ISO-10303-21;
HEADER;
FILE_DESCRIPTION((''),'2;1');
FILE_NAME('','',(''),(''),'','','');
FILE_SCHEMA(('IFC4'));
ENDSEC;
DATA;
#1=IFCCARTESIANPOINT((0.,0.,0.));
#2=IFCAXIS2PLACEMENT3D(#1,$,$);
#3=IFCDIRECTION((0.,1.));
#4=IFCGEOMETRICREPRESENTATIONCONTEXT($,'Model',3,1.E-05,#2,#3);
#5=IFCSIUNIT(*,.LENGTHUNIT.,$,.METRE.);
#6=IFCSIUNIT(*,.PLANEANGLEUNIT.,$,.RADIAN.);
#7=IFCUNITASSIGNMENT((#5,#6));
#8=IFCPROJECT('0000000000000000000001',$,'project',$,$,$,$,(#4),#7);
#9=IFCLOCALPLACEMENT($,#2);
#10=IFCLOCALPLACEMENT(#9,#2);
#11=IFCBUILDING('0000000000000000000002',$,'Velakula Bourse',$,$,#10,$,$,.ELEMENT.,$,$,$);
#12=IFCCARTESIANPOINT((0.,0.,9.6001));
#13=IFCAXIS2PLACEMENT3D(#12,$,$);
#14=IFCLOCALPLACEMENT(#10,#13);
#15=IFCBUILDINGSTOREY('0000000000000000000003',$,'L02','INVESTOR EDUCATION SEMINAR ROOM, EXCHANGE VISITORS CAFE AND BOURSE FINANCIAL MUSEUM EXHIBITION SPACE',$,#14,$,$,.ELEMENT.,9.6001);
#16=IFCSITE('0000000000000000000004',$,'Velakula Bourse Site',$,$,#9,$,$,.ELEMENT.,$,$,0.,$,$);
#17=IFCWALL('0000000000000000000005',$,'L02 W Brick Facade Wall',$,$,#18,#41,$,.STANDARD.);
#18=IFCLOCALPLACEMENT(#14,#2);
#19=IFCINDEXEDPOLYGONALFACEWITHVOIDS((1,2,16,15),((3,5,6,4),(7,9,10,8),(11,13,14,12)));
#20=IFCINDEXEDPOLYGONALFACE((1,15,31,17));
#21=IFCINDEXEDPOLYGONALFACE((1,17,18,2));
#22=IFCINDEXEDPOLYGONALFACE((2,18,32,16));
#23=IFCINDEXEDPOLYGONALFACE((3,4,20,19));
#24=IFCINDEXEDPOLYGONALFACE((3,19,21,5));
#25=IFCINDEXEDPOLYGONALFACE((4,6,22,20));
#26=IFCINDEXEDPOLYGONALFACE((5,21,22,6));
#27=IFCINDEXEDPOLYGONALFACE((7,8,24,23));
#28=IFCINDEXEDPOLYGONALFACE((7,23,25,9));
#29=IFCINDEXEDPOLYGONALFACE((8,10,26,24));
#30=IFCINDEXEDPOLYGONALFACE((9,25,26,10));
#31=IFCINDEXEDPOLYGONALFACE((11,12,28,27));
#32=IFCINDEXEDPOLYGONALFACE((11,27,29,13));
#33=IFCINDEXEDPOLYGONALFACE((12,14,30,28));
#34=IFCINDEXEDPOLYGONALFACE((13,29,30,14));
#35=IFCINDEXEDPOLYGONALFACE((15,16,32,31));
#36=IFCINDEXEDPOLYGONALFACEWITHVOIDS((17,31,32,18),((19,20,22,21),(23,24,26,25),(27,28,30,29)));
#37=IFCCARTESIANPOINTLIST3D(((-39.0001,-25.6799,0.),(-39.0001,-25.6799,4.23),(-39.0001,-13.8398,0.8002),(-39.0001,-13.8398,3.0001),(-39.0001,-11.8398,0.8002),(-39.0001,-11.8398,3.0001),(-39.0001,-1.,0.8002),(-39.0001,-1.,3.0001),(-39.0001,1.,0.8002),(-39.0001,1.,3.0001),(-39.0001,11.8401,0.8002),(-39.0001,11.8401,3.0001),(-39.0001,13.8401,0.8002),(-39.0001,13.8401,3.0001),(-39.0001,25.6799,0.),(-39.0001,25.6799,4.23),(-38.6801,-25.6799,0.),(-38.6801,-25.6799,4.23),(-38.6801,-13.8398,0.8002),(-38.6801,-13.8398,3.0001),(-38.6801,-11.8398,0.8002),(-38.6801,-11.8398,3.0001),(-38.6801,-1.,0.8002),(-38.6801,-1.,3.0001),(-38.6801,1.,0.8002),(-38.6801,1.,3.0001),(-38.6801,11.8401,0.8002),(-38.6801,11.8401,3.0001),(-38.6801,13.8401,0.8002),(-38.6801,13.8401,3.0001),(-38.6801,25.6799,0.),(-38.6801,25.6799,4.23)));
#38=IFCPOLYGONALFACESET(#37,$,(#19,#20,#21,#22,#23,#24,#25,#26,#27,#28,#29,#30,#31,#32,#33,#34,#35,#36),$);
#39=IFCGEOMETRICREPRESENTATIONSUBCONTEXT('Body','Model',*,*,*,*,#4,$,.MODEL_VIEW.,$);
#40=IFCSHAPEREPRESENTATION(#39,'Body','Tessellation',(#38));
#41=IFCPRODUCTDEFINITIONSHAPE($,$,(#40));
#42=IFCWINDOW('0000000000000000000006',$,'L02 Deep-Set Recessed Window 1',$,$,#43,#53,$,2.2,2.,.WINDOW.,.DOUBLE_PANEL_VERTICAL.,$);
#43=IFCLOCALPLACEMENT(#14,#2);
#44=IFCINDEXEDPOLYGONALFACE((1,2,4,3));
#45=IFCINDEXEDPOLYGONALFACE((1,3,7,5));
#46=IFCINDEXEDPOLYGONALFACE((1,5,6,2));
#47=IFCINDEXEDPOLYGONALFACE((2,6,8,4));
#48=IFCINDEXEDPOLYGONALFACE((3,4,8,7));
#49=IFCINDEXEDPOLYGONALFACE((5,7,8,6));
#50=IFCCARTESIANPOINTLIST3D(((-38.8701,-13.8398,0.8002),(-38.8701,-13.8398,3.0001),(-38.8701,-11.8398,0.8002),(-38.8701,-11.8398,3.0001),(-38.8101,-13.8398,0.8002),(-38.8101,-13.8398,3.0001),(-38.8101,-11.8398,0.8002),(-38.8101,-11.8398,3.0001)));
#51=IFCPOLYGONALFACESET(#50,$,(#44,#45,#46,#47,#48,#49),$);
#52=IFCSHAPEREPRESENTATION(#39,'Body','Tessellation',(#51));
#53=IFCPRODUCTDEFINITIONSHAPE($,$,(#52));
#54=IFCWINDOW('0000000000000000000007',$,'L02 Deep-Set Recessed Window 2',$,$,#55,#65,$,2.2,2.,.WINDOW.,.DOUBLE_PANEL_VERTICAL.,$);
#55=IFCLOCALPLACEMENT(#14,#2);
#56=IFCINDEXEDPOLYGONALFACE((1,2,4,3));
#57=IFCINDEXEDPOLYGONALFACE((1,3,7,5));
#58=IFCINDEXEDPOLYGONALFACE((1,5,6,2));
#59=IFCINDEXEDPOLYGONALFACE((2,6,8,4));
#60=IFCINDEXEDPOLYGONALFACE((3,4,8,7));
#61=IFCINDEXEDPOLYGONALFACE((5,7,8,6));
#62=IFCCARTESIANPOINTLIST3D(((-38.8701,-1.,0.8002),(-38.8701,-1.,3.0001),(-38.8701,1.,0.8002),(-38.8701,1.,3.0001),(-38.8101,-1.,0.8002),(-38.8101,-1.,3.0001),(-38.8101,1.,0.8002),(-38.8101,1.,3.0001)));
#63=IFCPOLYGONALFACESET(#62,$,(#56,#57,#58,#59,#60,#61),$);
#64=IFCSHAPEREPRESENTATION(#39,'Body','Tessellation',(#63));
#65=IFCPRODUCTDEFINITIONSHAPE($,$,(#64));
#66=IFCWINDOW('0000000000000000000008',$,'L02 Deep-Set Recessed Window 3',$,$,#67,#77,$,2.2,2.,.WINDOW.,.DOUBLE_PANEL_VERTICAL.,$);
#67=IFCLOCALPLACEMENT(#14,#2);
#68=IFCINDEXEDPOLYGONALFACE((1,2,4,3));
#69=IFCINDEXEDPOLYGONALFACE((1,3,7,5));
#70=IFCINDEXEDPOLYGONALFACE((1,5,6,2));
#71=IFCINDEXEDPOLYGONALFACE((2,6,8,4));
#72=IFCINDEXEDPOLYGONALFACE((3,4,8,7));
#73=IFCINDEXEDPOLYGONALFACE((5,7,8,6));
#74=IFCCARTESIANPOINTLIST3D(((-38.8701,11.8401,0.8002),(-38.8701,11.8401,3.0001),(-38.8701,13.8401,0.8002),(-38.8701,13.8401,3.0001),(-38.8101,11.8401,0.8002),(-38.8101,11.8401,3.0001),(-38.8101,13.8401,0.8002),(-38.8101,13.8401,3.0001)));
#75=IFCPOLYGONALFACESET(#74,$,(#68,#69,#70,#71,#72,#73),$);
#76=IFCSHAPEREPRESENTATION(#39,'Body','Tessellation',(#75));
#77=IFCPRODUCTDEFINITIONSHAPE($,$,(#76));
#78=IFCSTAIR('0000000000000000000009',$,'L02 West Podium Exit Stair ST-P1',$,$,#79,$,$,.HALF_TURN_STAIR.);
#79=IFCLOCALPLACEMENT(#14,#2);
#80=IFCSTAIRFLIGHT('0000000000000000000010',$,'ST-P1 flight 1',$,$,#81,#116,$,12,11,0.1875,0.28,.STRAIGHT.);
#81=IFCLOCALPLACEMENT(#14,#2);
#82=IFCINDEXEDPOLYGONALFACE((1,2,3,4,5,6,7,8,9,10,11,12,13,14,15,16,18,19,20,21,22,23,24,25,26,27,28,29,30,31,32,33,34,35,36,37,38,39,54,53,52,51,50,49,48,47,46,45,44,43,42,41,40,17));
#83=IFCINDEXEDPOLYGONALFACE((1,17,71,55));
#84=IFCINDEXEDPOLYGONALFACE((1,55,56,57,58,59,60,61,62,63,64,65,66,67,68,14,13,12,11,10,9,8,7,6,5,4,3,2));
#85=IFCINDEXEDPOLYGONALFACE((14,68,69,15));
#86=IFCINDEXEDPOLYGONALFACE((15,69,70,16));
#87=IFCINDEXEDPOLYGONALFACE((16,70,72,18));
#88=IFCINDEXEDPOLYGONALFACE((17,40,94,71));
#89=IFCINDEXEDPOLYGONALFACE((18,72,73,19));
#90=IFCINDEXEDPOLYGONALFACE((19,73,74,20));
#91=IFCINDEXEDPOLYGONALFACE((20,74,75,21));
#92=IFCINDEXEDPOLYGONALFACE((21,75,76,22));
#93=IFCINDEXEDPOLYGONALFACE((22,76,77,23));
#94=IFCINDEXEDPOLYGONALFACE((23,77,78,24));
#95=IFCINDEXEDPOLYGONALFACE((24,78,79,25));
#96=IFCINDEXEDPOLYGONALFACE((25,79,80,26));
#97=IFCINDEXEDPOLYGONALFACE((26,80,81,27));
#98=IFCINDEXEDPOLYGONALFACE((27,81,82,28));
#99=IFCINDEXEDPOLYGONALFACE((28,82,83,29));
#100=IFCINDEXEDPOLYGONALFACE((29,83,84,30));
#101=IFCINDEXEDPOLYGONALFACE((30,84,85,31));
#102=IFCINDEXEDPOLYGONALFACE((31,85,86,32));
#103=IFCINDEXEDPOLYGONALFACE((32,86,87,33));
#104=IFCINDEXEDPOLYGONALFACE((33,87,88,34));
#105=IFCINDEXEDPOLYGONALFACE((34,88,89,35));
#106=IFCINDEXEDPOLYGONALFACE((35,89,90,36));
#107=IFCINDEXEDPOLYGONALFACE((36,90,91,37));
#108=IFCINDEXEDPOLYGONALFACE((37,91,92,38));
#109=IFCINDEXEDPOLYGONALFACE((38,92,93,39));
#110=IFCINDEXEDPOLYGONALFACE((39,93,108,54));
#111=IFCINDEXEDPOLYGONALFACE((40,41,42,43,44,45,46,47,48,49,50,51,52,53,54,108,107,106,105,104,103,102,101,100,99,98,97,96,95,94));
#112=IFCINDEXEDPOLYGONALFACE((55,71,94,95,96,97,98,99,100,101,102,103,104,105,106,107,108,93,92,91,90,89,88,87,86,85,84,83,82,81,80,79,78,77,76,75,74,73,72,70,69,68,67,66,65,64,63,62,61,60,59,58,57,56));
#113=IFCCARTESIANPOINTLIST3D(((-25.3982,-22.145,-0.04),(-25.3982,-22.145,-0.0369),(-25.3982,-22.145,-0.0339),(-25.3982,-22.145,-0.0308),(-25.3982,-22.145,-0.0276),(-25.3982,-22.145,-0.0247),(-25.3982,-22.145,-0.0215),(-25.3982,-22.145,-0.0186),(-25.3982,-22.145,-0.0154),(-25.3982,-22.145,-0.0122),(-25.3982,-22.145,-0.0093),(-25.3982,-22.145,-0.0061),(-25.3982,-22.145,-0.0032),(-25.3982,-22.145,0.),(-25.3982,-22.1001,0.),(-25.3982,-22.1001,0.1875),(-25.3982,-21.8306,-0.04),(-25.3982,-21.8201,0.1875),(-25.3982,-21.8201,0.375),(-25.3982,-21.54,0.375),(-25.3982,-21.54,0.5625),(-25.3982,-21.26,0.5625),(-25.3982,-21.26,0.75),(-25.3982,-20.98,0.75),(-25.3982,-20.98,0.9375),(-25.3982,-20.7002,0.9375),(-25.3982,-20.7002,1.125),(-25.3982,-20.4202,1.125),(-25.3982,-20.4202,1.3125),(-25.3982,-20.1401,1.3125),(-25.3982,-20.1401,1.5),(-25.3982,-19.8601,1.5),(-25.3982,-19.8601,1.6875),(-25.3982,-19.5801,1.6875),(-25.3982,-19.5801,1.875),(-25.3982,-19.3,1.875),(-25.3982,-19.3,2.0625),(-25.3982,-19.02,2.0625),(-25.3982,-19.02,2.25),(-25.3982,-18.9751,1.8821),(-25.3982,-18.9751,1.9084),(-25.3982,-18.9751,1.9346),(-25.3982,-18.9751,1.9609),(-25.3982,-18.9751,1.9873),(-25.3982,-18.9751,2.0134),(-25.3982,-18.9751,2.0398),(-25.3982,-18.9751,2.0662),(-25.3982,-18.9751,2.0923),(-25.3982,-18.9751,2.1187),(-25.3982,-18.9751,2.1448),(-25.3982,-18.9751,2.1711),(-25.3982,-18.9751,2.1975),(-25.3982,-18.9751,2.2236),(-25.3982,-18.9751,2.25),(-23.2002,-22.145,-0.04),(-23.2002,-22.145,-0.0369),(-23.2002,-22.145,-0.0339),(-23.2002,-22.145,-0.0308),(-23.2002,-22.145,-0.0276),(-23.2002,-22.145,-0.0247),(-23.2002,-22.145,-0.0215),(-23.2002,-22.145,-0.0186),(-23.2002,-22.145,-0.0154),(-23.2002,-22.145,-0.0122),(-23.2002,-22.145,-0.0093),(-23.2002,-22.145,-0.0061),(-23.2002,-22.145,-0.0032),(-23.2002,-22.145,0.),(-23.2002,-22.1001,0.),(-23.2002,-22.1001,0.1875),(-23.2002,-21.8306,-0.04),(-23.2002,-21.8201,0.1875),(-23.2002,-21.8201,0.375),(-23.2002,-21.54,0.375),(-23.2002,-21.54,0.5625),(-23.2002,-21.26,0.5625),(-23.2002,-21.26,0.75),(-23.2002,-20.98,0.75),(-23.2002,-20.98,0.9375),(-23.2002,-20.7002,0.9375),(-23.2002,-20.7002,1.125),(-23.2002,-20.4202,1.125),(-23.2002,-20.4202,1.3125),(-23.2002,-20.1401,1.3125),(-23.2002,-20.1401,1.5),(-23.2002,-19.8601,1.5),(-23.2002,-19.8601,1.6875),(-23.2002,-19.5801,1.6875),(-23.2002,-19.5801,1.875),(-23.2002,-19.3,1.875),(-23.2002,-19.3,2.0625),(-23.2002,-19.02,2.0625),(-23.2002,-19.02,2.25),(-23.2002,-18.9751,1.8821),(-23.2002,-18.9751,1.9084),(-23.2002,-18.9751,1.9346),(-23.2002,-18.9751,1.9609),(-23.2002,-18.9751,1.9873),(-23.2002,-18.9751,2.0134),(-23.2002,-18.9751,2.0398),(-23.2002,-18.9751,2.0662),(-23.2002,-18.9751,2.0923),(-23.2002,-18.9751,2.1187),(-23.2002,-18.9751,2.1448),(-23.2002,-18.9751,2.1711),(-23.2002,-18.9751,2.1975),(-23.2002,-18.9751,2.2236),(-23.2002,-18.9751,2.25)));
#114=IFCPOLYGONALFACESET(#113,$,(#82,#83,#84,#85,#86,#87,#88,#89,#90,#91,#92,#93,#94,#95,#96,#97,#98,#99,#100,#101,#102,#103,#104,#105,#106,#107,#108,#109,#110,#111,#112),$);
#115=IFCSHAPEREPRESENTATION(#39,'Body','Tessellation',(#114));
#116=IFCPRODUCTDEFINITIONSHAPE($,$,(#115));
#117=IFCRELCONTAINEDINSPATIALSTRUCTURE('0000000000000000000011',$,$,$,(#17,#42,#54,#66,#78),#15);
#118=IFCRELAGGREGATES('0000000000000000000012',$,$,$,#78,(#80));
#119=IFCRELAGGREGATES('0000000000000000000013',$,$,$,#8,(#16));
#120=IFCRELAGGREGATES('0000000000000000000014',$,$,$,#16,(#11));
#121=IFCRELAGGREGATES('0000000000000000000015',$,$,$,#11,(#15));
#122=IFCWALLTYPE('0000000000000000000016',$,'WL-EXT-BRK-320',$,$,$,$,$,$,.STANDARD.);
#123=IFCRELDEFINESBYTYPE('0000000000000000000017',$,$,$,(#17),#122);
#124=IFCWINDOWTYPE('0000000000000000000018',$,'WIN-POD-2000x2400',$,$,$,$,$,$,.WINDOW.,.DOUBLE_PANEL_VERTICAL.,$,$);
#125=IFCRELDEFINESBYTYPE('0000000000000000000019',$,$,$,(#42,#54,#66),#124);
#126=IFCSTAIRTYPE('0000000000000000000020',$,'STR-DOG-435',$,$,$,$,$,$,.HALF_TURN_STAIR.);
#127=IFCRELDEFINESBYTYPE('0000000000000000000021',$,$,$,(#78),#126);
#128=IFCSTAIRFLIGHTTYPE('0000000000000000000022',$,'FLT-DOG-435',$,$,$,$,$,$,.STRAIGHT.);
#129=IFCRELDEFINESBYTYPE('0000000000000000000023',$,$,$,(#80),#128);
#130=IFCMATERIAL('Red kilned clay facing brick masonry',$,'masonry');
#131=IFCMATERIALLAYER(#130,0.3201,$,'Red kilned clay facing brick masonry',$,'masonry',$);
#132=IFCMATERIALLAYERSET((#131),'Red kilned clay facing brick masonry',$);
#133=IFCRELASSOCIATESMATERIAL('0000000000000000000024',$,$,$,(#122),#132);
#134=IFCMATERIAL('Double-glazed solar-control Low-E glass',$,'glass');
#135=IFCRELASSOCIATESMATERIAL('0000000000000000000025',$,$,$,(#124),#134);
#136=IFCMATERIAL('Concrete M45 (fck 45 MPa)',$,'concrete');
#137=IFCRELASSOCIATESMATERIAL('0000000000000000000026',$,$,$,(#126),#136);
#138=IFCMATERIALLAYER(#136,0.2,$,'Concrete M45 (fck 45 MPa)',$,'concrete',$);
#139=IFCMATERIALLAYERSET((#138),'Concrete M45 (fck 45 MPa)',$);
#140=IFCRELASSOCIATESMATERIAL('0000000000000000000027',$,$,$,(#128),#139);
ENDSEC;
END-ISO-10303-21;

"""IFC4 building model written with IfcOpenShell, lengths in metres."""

from ifc_helpers import new_model, si_unit, direction, frame, frame_2d, origin, place, context, subcontext, project, spatial, polyline, rectangle, outline, extrude, material, layer, layer_set, type_object, element, fill, aggregate, save


model = new_model("IFC4")

# Units and contexts
model_context = context("Model", 3, precision=1e-05, world=origin(), true_north=direction((0.0, 1.0)))
body_context = subcontext(model_context, "Body", "Model", "MODEL_VIEW")
ifc_project = project(units=[si_unit("LENGTHUNIT", "METRE"), si_unit("PLANEANGLEUNIT", "RADIAN")], contexts=[model_context])

# Site, building, storey
site_placement = place(None, origin())
site = spatial("IfcSite", under=ifc_project, at=site_placement, Name="Velakula Bourse Site", CompositionType="ELEMENT", RefElevation=0.0)
building_placement = place(site_placement, origin())
building = spatial("IfcBuilding", under=site, at=building_placement, Name="Velakula Bourse", CompositionType="ELEMENT")
storey_placement = place(building_placement, frame((0.0, 0.0, 9.6001)))
storey = spatial("IfcBuildingStorey", under=building, at=storey_placement, Name="L02", Description="INVESTOR EDUCATION SEMINAR ROOM, EXCHANGE VISITORS CAFE AND BOURSE FINANCIAL MUSEUM EXHIBITION SPACE", CompositionType="ELEMENT", Elevation=9.6001)

# Wall, openings, windows
ifc_material_1 = material(Name="Red kilned clay facing brick masonry", Category="masonry")
ifc_layer_1 = layer(ifc_material_1, 0.3201, Name="Red kilned clay facing brick masonry", Category="masonry")
ifc_layer_set_1 = layer_set([ifc_layer_1], Name="Red kilned clay facing brick masonry")
wall_type_1 = type_object("IfcWallType", Name="WL-EXT-BRK-320", PredefinedType="STANDARD", material=ifc_layer_set_1)
wall_1_placement = place(storey_placement, frame((-38.8401, -25.6799, 0.0), z_axis=(0.0, 0.0, 1.0), x_axis=(0.0, 1.0, 0.0)))
wall_1 = element("IfcWall", 1, at=wall_1_placement, inside=storey, type_object=wall_type_1, Name="L02 W Brick Facade Wall", PredefinedType="STANDARD", context=body_context, shape_type="SweptSolid", body=[
    extrude(rectangle(XDim=51.3599, YDim=0.3201, at=frame_2d((25.6799, 0.0))), origin(), (0.0, 0.0, 1.0), 4.23),
])
opening_1_placement = place(wall_1_placement, frame((11.8401, 0.0, 0.8)))
opening_1 = element("IfcOpeningElement", 2, at=opening_1_placement, cuts=wall_1, PredefinedType="OPENING", context=body_context, shape_type="SweptSolid", body=[
    extrude(rectangle(XDim=2.0, YDim=2.2, at=frame_2d((1.0, 1.1001))), frame((0.0, 0.1699, 0.0), z_axis=(0.0, -1.0, 0.0), x_axis=(1.0, 0.0, 0.0)), (0.0, 0.0, 1.0), 0.3401),
])
opening_2_placement = place(wall_1_placement, frame((24.6799, 0.0, 0.8)))
opening_2 = element("IfcOpeningElement", 3, at=opening_2_placement, cuts=wall_1, PredefinedType="OPENING", context=body_context, shape_type="SweptSolid", body=[
    extrude(rectangle(XDim=2.0, YDim=2.2, at=frame_2d((1.0, 1.1001))), frame((0.0, 0.1699, 0.0), z_axis=(0.0, -1.0, 0.0), x_axis=(1.0, 0.0, 0.0)), (0.0, 0.0, 1.0), 0.3401),
])
opening_3_placement = place(wall_1_placement, frame((37.52, 0.0, 0.8)))
opening_3 = element("IfcOpeningElement", 4, at=opening_3_placement, cuts=wall_1, PredefinedType="OPENING", context=body_context, shape_type="SweptSolid", body=[
    extrude(rectangle(XDim=2.0, YDim=2.2, at=frame_2d((1.0, 1.1001))), frame((0.0, 0.1699, 0.0), z_axis=(0.0, -1.0, 0.0), x_axis=(1.0, 0.0, 0.0)), (0.0, 0.0, 1.0), 0.3401),
])
ifc_material_2 = material(Name="Double-glazed solar-control Low-E glass", Category="glass")
window_type = type_object("IfcWindowType", Name="WIN-POD-2000x2400", PartitioningType="DOUBLE_PANEL_VERTICAL", PredefinedType="WINDOW", material=ifc_material_2)
window_1_placement = place(opening_1_placement, origin())
window_1 = element("IfcWindow", 5, at=window_1_placement, inside=storey, type_object=window_type, Name="L02 Deep-Set Recessed Window 1", OverallHeight=2.2, OverallWidth=2.0, PartitioningType="DOUBLE_PANEL_VERTICAL", PredefinedType="WINDOW", context=body_context, shape_type="SweptSolid", body=[
    extrude(rectangle(XDim=2.0, YDim=2.2, at=frame_2d((1.0, 1.1001))), frame((0.0, 0.03, 0.0), z_axis=(0.0, -1.0, 0.0), x_axis=(1.0, 0.0, 0.0)), (0.0, 0.0, 1.0), 0.0601),
])
fill(opening_1, window_1)
window_2_placement = place(opening_2_placement, origin())
window_2 = element("IfcWindow", 6, at=window_2_placement, inside=storey, type_object=window_type, Name="L02 Deep-Set Recessed Window 2", OverallHeight=2.2, OverallWidth=2.0, PartitioningType="DOUBLE_PANEL_VERTICAL", PredefinedType="WINDOW", context=body_context, shape_type="SweptSolid", body=[
    extrude(rectangle(XDim=2.0, YDim=2.2, at=frame_2d((1.0, 1.1001))), frame((0.0, 0.03, 0.0), z_axis=(0.0, -1.0, 0.0), x_axis=(1.0, 0.0, 0.0)), (0.0, 0.0, 1.0), 0.0601),
])
fill(opening_2, window_2)
window_3_placement = place(opening_3_placement, origin())
window_3 = element("IfcWindow", 7, at=window_3_placement, inside=storey, type_object=window_type, Name="L02 Deep-Set Recessed Window 3", OverallHeight=2.2, OverallWidth=2.0, PartitioningType="DOUBLE_PANEL_VERTICAL", PredefinedType="WINDOW", context=body_context, shape_type="SweptSolid", body=[
    extrude(rectangle(XDim=2.0, YDim=2.2, at=frame_2d((1.0, 1.1001))), frame((0.0, 0.03, 0.0), z_axis=(0.0, -1.0, 0.0), x_axis=(1.0, 0.0, 0.0)), (0.0, 0.0, 1.0), 0.0601),
])
fill(opening_3, window_3)

# Stair, stair flight
ifc_material_3 = material(Name="Concrete M45 (fck 45 MPa)", Category="concrete")
stair_type = type_object("IfcStairType", Name="STR-DOG-435", PredefinedType="HALF_TURN_STAIR", material=ifc_material_3)
stair_placement = place(storey_placement, origin())
stair = element("IfcStair", 8, at=stair_placement, inside=storey, type_object=stair_type, Name="L02 West Podium Exit Stair ST-P1", PredefinedType="HALF_TURN_STAIR")
ifc_layer_2 = layer(ifc_material_3, 0.2, Name="Concrete M45 (fck 45 MPa)", Category="concrete")
ifc_layer_set_2 = layer_set([ifc_layer_2], Name="Concrete M45 (fck 45 MPa)")
stair_flight_type = type_object("IfcStairFlightType", Name="FLT-DOG-435", PredefinedType="STRAIGHT", material=ifc_layer_set_2)
stair_flight_placement = place(storey_placement, frame((-24.2991, -22.1001, 0.0), z_axis=(0.0, 0.0, 1.0), x_axis=(0.0, 1.0, 0.0)))
stair_flight = element("IfcStairFlight", 9, at=stair_flight_placement, type_object=stair_flight_type, Name="ST-P1 flight 1", NumberOfRisers=12, NumberOfTreads=11, PredefinedType="STRAIGHT", RiserHeight=0.1875, TreadLength=0.28, context=body_context, shape_type="SweptSolid", body=[
    extrude(outline(polyline([(-0.0449, -0.04), (-0.0449, -0.0369), (-0.0449, -0.0339), (-0.0449, -0.0308), (-0.0449, -0.0276), (-0.0449, -0.0247), (-0.0449, -0.0215), (-0.0449, -0.0186), (-0.0449, -0.0154), (-0.0449, -0.0122), (-0.0449, -0.0093), (-0.0449, -0.0061), (-0.0449, -0.0032), (-0.0449, 0.0), (0.0, 0.0), (0.0, 0.1875), (0.28, 0.1875), (0.28, 0.375), (0.5601, 0.375), (0.5601, 0.5625), (0.8401, 0.5625), (0.8401, 0.75), (1.1201, 0.75), (1.1201, 0.9375), (1.3999, 0.9375), (1.3999, 1.125), (1.6799, 1.125), (1.6799, 1.3125), (1.96, 1.3125), (1.96, 1.5), (2.24, 1.5), (2.24, 1.6875), (2.52, 1.6875), (2.52, 1.875), (2.8, 1.875), (2.8, 2.0625), (3.0801, 2.0625), (3.0801, 2.25), (3.125, 2.25), (3.125, 2.2236), (3.125, 2.1975), (3.125, 2.1711), (3.125, 2.1448), (3.125, 2.1187), (3.125, 2.0923), (3.125, 2.0662), (3.125, 2.0398), (3.125, 2.0134), (3.125, 1.9873), (3.125, 1.9609), (3.125, 1.9346), (3.125, 1.9084), (3.125, 1.8821), (0.2695, -0.04), (-0.0449, -0.04)])), frame((0.0, 1.0991, 0.0), z_axis=(0.0, -1.0, 0.0), x_axis=(1.0, 0.0, 0.0)), (0.0, 0.0, 1.0), 2.198),
])
aggregate(stair, [stair_flight])

save(model, "model.ifc")
